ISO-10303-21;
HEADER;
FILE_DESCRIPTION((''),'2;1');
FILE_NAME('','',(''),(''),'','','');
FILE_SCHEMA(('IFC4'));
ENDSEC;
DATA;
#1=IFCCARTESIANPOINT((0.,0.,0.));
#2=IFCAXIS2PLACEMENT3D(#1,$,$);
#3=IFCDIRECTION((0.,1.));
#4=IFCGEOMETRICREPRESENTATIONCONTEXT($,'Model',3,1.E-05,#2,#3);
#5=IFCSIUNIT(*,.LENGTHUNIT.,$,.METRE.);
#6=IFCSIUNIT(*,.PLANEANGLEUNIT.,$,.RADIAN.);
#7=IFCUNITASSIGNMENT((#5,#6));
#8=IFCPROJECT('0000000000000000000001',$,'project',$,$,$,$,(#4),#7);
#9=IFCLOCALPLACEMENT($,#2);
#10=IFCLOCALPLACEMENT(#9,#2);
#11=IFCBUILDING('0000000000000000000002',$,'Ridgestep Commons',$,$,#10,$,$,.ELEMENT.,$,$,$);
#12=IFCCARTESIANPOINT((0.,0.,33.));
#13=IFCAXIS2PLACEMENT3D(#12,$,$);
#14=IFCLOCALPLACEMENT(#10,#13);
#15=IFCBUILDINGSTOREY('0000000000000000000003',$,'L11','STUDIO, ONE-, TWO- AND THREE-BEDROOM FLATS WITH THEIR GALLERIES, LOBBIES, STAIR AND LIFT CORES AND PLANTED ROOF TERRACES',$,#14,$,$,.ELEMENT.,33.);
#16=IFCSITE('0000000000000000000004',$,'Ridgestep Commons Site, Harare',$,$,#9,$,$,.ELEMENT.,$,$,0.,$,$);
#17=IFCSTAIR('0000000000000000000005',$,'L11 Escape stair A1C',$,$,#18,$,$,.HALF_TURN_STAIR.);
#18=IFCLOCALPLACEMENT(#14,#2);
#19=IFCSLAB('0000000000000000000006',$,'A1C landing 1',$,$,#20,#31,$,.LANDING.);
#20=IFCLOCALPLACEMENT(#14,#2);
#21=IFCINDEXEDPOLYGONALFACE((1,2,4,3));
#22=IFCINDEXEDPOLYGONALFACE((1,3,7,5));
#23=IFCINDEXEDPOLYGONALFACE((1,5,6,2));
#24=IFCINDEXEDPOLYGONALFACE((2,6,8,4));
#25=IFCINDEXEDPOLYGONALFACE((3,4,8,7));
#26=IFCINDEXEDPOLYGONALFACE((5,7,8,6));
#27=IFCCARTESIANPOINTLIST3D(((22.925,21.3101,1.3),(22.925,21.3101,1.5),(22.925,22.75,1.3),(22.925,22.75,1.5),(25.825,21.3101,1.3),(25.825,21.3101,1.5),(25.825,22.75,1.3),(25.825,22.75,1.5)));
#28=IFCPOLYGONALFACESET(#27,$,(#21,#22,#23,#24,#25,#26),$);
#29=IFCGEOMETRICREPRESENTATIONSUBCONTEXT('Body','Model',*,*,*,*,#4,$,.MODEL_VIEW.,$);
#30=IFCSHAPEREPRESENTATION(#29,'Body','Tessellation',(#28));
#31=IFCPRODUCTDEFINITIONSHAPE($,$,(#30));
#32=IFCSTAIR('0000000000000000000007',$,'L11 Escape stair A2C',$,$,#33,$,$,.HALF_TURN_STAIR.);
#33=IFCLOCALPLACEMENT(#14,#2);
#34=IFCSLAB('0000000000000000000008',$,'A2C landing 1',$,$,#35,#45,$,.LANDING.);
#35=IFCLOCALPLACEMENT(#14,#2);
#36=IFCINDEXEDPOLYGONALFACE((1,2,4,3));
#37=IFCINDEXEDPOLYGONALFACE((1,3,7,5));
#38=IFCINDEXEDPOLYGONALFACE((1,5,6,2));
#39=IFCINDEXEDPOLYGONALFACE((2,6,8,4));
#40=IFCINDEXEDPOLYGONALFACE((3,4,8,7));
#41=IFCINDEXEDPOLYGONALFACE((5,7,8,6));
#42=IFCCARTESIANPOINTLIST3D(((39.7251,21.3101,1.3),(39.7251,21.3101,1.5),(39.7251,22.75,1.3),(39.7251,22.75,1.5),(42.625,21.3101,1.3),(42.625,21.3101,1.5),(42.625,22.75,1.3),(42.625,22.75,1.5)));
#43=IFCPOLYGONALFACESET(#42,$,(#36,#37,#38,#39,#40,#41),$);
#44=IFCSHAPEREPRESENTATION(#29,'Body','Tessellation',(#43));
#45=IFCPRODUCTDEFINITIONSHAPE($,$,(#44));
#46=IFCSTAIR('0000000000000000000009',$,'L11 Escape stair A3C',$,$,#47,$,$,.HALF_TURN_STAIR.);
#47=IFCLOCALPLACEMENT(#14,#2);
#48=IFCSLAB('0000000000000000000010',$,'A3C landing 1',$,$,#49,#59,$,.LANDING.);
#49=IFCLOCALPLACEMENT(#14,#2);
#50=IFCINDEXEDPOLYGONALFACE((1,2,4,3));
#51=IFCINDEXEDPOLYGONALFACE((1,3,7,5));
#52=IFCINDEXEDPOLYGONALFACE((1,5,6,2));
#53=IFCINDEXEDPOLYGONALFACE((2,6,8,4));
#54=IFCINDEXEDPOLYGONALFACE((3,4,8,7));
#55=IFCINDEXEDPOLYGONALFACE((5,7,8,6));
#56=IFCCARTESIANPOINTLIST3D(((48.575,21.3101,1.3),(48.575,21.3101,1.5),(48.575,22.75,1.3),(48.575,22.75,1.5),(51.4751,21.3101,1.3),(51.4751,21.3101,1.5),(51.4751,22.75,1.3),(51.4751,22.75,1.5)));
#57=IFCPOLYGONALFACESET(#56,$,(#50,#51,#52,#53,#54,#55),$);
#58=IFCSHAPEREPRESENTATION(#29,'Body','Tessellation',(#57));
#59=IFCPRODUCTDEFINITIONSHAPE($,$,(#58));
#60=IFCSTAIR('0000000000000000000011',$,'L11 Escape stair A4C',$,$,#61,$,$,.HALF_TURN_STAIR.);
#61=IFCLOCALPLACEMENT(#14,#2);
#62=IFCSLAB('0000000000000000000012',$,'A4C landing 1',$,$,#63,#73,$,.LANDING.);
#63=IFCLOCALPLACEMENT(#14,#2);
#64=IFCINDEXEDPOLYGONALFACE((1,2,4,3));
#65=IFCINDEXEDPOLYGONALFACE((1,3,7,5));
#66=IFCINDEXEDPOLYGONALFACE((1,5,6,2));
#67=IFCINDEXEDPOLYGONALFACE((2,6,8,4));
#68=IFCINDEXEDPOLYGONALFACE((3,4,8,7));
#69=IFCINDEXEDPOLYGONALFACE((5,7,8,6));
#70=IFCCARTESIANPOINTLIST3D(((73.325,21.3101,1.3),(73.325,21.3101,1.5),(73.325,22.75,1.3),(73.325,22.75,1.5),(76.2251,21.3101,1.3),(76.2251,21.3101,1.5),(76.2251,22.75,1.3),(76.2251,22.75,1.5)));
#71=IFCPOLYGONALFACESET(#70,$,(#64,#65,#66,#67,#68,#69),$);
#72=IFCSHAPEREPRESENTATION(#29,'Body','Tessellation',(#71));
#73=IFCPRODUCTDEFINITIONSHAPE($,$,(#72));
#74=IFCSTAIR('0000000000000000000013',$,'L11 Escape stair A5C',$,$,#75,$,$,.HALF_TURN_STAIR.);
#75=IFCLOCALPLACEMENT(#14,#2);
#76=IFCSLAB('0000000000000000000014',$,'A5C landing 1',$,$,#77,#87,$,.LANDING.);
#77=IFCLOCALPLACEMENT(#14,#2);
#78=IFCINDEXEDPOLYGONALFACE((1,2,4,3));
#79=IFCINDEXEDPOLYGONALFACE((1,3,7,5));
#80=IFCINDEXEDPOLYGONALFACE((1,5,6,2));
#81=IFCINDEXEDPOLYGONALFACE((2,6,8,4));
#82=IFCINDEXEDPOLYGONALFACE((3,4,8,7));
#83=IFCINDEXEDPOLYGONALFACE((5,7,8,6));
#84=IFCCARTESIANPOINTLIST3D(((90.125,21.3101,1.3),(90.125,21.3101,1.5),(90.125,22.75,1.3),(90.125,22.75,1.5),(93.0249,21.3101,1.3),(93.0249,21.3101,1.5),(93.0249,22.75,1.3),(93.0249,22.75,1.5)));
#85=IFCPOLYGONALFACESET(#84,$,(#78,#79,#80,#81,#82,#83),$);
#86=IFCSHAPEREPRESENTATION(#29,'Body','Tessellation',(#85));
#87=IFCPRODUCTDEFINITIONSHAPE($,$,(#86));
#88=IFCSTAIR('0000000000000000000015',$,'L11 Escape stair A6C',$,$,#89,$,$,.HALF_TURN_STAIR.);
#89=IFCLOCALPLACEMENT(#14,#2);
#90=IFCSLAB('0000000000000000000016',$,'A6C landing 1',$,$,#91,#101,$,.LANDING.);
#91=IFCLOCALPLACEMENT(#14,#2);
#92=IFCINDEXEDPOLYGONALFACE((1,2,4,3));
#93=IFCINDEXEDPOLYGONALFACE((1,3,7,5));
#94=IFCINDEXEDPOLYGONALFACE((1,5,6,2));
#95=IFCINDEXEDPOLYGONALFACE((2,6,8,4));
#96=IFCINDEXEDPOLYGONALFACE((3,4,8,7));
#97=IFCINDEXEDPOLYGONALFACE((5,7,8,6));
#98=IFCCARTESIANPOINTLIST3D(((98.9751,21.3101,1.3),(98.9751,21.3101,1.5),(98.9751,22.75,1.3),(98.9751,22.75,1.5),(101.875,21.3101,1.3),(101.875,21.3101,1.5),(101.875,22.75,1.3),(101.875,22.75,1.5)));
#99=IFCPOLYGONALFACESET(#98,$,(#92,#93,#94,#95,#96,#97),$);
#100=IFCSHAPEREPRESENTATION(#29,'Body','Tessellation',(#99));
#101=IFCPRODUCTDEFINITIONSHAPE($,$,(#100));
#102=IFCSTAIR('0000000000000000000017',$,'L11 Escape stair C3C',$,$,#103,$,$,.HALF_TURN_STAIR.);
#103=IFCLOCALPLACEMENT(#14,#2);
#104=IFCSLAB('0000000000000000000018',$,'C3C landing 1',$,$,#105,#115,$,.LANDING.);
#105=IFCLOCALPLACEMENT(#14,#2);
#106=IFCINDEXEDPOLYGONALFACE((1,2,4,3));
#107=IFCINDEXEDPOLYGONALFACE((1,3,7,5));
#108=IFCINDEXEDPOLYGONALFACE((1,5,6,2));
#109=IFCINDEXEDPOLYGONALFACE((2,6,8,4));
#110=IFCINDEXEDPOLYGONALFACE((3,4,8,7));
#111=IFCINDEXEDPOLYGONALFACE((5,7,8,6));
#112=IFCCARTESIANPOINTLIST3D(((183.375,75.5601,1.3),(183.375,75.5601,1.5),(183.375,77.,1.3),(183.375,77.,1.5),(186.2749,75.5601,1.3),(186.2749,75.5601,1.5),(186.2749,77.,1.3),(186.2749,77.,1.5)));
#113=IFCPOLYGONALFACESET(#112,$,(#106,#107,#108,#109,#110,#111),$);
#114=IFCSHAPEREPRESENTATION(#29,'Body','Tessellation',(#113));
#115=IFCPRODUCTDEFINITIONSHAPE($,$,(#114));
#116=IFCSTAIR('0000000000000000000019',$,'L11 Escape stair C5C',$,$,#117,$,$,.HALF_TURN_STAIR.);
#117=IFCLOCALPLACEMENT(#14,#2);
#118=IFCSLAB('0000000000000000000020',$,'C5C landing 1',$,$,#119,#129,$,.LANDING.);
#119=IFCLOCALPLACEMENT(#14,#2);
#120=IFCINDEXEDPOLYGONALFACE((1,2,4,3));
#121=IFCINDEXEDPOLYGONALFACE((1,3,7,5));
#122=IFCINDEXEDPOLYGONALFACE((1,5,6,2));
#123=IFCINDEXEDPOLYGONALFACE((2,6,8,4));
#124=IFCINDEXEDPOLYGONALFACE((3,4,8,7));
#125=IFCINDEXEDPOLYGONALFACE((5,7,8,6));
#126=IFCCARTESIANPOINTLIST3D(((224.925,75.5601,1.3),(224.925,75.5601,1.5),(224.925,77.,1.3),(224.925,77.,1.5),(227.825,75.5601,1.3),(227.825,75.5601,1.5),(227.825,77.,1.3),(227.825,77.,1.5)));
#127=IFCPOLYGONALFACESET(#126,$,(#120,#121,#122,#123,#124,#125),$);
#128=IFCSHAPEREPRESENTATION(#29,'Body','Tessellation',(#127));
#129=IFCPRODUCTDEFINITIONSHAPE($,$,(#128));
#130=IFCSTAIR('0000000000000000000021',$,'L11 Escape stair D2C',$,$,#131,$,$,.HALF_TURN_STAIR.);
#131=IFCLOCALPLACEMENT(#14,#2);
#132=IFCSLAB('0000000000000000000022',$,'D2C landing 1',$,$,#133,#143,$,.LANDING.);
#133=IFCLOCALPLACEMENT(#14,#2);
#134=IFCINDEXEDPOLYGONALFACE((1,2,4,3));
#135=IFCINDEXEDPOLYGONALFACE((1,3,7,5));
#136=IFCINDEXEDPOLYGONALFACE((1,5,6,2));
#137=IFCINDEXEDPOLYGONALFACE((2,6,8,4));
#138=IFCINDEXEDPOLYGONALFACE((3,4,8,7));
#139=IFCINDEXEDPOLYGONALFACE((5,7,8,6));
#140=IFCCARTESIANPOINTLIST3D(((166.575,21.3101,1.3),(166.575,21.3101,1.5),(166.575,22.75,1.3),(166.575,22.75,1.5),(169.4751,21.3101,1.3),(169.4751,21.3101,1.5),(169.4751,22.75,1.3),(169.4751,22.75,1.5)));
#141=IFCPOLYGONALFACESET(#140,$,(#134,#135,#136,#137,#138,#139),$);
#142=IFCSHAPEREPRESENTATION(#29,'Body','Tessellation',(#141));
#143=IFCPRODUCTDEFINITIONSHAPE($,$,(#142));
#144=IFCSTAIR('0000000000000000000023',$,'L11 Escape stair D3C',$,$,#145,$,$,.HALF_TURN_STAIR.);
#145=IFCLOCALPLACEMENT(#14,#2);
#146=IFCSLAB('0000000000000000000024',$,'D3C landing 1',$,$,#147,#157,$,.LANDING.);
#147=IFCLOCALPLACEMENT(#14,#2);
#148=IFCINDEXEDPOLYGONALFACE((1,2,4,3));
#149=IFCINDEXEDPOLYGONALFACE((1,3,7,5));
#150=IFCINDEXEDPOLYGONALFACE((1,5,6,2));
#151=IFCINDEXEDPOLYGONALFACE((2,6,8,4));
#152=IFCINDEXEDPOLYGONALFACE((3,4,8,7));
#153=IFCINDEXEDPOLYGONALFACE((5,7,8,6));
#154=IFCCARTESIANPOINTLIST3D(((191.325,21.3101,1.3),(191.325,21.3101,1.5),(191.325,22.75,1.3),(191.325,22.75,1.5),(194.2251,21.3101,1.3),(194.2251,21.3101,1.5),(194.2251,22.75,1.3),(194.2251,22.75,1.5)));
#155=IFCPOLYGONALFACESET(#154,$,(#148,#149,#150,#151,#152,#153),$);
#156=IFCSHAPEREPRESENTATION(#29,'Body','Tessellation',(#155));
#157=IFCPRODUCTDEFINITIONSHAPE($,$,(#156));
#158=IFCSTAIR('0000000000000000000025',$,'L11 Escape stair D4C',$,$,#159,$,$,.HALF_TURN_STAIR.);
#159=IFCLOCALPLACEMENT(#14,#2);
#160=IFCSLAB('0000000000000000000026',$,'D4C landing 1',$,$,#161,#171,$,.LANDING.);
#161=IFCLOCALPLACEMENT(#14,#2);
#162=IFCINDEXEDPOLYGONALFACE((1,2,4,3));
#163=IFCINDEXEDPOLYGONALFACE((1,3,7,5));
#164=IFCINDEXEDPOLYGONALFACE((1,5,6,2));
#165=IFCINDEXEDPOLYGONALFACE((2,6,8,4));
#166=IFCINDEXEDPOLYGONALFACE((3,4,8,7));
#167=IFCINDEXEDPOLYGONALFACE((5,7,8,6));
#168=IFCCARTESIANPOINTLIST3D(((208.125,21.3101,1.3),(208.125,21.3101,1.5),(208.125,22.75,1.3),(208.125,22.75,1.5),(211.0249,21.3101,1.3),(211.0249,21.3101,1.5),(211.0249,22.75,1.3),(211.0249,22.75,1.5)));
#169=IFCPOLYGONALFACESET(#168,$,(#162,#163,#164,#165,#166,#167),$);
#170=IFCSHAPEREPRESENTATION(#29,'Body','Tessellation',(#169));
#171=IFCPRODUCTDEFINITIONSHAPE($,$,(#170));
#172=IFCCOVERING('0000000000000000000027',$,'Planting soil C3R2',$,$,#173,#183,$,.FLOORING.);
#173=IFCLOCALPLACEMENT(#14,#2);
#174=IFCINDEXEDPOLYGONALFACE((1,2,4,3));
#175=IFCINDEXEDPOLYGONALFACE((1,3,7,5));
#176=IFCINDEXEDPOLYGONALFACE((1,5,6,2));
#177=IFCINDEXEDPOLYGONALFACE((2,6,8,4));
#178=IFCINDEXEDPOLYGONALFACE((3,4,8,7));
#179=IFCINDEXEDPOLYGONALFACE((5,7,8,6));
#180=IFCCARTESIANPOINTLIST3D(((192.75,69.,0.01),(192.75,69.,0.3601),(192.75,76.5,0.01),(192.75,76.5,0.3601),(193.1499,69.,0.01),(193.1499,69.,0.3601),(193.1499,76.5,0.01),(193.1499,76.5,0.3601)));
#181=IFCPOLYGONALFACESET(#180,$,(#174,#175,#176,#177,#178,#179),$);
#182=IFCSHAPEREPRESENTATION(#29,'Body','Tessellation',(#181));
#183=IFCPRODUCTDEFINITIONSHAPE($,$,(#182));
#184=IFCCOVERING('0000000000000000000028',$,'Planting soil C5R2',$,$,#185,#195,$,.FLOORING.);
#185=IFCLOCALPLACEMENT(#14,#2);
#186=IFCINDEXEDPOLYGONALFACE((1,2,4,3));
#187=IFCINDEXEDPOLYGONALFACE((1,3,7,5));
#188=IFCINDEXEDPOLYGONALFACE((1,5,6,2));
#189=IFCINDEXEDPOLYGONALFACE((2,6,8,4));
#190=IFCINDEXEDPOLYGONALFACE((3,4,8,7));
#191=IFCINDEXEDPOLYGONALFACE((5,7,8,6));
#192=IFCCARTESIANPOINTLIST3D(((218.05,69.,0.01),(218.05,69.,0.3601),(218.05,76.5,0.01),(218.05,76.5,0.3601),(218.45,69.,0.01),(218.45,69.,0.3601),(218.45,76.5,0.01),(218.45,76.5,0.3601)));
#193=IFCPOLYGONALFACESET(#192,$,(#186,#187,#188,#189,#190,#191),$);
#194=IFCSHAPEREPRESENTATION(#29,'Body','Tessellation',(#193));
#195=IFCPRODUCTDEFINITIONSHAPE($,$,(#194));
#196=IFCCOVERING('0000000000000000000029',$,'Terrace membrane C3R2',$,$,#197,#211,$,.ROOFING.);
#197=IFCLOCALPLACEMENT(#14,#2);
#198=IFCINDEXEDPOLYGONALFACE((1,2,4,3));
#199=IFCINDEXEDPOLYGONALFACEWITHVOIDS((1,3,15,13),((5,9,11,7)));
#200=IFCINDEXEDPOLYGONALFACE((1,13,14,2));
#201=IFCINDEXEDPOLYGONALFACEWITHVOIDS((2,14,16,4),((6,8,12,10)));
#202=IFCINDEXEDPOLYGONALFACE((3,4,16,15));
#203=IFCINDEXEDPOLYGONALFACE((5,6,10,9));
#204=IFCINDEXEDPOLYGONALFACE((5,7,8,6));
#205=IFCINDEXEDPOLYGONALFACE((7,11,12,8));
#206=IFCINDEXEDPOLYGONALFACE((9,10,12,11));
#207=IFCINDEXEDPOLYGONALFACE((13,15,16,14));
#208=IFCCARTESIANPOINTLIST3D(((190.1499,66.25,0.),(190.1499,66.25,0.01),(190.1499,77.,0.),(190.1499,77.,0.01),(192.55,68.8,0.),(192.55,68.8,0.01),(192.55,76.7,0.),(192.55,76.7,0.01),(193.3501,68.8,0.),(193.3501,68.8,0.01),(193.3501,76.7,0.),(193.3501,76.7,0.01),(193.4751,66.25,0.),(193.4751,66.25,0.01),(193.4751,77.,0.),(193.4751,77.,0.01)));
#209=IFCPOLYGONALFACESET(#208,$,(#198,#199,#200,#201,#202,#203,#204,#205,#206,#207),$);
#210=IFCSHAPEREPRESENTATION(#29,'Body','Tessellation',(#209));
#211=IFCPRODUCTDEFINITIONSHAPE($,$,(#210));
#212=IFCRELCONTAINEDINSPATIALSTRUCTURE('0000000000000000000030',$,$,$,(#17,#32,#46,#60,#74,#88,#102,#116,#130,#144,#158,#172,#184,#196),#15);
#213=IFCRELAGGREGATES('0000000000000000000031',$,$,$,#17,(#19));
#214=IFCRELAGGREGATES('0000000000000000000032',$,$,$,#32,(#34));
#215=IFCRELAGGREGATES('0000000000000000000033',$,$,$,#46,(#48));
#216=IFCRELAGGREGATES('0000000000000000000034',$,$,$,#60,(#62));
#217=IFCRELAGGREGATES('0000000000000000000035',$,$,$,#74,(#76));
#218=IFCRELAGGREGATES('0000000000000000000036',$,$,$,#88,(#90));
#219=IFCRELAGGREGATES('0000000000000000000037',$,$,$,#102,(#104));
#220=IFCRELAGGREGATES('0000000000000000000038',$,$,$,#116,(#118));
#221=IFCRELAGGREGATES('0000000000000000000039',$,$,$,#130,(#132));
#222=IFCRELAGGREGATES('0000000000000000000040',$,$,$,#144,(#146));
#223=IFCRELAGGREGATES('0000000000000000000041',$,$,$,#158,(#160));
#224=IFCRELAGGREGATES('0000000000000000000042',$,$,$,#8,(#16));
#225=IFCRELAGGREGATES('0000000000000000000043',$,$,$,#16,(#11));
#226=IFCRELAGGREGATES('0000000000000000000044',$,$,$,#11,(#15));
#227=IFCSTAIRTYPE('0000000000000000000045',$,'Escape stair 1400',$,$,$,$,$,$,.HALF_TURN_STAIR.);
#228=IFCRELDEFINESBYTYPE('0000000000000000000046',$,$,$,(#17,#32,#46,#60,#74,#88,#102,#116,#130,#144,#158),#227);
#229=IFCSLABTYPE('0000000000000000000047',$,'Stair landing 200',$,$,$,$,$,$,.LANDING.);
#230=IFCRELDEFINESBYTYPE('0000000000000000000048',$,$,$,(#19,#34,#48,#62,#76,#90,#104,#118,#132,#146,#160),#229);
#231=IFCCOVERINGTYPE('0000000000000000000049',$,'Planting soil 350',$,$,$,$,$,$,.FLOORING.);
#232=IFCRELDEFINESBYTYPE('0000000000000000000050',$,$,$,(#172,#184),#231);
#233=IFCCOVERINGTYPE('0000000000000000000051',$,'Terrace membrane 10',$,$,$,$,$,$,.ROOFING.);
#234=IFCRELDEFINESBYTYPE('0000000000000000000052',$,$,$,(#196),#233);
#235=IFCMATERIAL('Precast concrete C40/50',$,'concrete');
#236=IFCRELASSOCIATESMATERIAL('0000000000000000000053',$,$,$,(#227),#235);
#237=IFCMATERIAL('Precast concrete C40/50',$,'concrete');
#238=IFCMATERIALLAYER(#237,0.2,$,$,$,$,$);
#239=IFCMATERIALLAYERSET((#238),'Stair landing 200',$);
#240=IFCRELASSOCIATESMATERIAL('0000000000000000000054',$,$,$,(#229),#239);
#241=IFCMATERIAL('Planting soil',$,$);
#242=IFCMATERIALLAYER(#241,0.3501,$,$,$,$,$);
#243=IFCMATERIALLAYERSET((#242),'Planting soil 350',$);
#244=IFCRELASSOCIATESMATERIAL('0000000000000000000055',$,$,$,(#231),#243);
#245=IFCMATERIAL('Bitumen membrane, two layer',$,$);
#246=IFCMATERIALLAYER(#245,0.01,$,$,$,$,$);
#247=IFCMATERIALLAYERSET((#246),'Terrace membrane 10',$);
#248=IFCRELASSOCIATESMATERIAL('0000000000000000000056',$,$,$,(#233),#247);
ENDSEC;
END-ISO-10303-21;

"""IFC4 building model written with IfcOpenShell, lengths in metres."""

from ifc_helpers import new_model, si_unit, direction, frame, origin, place, context, subcontext, project, spatial, polyline, outline, extrude, material, layer, layer_set, type_object, element, aggregate, save


model = new_model("IFC4")

# Units and contexts
model_context = context("Model", 3, precision=1e-05, world=origin(), true_north=direction((0.0, 1.0)))
body_context = subcontext(model_context, "Body", "Model", "MODEL_VIEW")
ifc_project = project(units=[si_unit("LENGTHUNIT", "METRE"), si_unit("PLANEANGLEUNIT", "RADIAN")], contexts=[model_context])

# Site, building, storey
site_placement = place(None, origin())
site = spatial("IfcSite", under=ifc_project, at=site_placement, Name="Ridgestep Commons Site, Harare", CompositionType="ELEMENT", RefElevation=0.0)
building_placement = place(site_placement, origin())
building = spatial("IfcBuilding", under=site, at=building_placement, Name="Ridgestep Commons", CompositionType="ELEMENT")
storey_placement = place(building_placement, frame((0.0, 0.0, 33.0)))
storey = spatial("IfcBuildingStorey", under=building, at=storey_placement, Name="L11", Description="STUDIO, ONE-, TWO- AND THREE-BEDROOM FLATS WITH THEIR GALLERIES, LOBBIES, STAIR AND LIFT CORES AND PLANTED ROOF TERRACES", CompositionType="ELEMENT", Elevation=33.0)

# Stairs, slabs
ifc_material_1 = material(Name="Precast concrete C40/50", Category="concrete")
stair_type = type_object("IfcStairType", Name="Escape stair 1400", PredefinedType="HALF_TURN_STAIR", material=ifc_material_1)
stair_1_placement = place(storey_placement, origin())
stair_1 = element("IfcStair", 1, at=stair_1_placement, inside=storey, type_object=stair_type, Name="L11 Escape stair A1C", PredefinedType="HALF_TURN_STAIR")
ifc_material_2 = material(Name="Precast concrete C40/50", Category="concrete")
ifc_layer_1 = layer(ifc_material_2, 0.2)
ifc_layer_set_1 = layer_set([ifc_layer_1], Name="Stair landing 200")
slab_type = type_object("IfcSlabType", Name="Stair landing 200", PredefinedType="LANDING", material=ifc_layer_set_1)
slab_1_placement = place(storey_placement, frame((0.0, 0.0, 1.3)))
slab_1 = element("IfcSlab", 2, at=slab_1_placement, type_object=slab_type, Name="A1C landing 1", PredefinedType="LANDING", context=body_context, shape_type="SweptSolid", body=[
    extrude(outline(polyline([(25.825, 21.3101), (25.825, 22.75), (22.925, 22.75), (22.925, 21.3101), (25.825, 21.3101)])), origin(), (0.0, 0.0, 1.0), 0.2),
])
aggregate(stair_1, [slab_1])
stair_2_placement = place(storey_placement, origin())
stair_2 = element("IfcStair", 3, at=stair_2_placement, inside=storey, type_object=stair_type, Name="L11 Escape stair A2C", PredefinedType="HALF_TURN_STAIR")
slab_2_placement = place(storey_placement, frame((0.0, 0.0, 1.3)))
slab_2 = element("IfcSlab", 4, at=slab_2_placement, type_object=slab_type, Name="A2C landing 1", PredefinedType="LANDING", context=body_context, shape_type="SweptSolid", body=[
    extrude(outline(polyline([(42.625, 21.3101), (42.625, 22.75), (39.7251, 22.75), (39.7251, 21.3101), (42.625, 21.3101)])), origin(), (0.0, 0.0, 1.0), 0.2),
])
aggregate(stair_2, [slab_2])
stair_3_placement = place(storey_placement, origin())
stair_3 = element("IfcStair", 5, at=stair_3_placement, inside=storey, type_object=stair_type, Name="L11 Escape stair A3C", PredefinedType="HALF_TURN_STAIR")
slab_3_placement = place(storey_placement, frame((0.0, 0.0, 1.3)))
slab_3 = element("IfcSlab", 6, at=slab_3_placement, type_object=slab_type, Name="A3C landing 1", PredefinedType="LANDING", context=body_context, shape_type="SweptSolid", body=[
    extrude(outline(polyline([(51.4751, 21.3101), (51.4751, 22.75), (48.575, 22.75), (48.575, 21.3101), (51.4751, 21.3101)])), origin(), (0.0, 0.0, 1.0), 0.2),
])
aggregate(stair_3, [slab_3])
stair_4_placement = place(storey_placement, origin())
stair_4 = element("IfcStair", 7, at=stair_4_placement, inside=storey, type_object=stair_type, Name="L11 Escape stair A4C", PredefinedType="HALF_TURN_STAIR")
slab_4_placement = place(storey_placement, frame((0.0, 0.0, 1.3)))
slab_4 = element("IfcSlab", 8, at=slab_4_placement, type_object=slab_type, Name="A4C landing 1", PredefinedType="LANDING", context=body_context, shape_type="SweptSolid", body=[
    extrude(outline(polyline([(76.2251, 21.3101), (76.2251, 22.75), (73.325, 22.75), (73.325, 21.3101), (76.2251, 21.3101)])), origin(), (0.0, 0.0, 1.0), 0.2),
])
aggregate(stair_4, [slab_4])
stair_5_placement = place(storey_placement, origin())
stair_5 = element("IfcStair", 9, at=stair_5_placement, inside=storey, type_object=stair_type, Name="L11 Escape stair A5C", PredefinedType="HALF_TURN_STAIR")
slab_5_placement = place(storey_placement, frame((0.0, 0.0, 1.3)))
slab_5 = element("IfcSlab", 10, at=slab_5_placement, type_object=slab_type, Name="A5C landing 1", PredefinedType="LANDING", context=body_context, shape_type="SweptSolid", body=[
    extrude(outline(polyline([(93.0249, 21.3101), (93.0249, 22.75), (90.125, 22.75), (90.125, 21.3101), (93.0249, 21.3101)])), origin(), (0.0, 0.0, 1.0), 0.2),
])
aggregate(stair_5, [slab_5])
stair_6_placement = place(storey_placement, origin())
stair_6 = element("IfcStair", 11, at=stair_6_placement, inside=storey, type_object=stair_type, Name="L11 Escape stair A6C", PredefinedType="HALF_TURN_STAIR")
slab_6_placement = place(storey_placement, frame((0.0, 0.0, 1.3)))
slab_6 = element("IfcSlab", 12, at=slab_6_placement, type_object=slab_type, Name="A6C landing 1", PredefinedType="LANDING", context=body_context, shape_type="SweptSolid", body=[
    extrude(outline(polyline([(101.875, 21.3101), (101.875, 22.75), (98.9751, 22.75), (98.9751, 21.3101), (101.875, 21.3101)])), origin(), (0.0, 0.0, 1.0), 0.2),
])
aggregate(stair_6, [slab_6])
stair_7_placement = place(storey_placement, origin())
stair_7 = element("IfcStair", 13, at=stair_7_placement, inside=storey, type_object=stair_type, Name="L11 Escape stair C3C", PredefinedType="HALF_TURN_STAIR")
slab_7_placement = place(storey_placement, frame((0.0, 0.0, 1.3)))
slab_7 = element("IfcSlab", 14, at=slab_7_placement, type_object=slab_type, Name="C3C landing 1", PredefinedType="LANDING", context=body_context, shape_type="SweptSolid", body=[
    extrude(outline(polyline([(186.2749, 75.5601), (186.2749, 77.0), (183.375, 77.0), (183.375, 75.5601), (186.2749, 75.5601)])), origin(), (0.0, 0.0, 1.0), 0.2),
])
aggregate(stair_7, [slab_7])
stair_8_placement = place(storey_placement, origin())
stair_8 = element("IfcStair", 15, at=stair_8_placement, inside=storey, type_object=stair_type, Name="L11 Escape stair C5C", PredefinedType="HALF_TURN_STAIR")
slab_8_placement = place(storey_placement, frame((0.0, 0.0, 1.3)))
slab_8 = element("IfcSlab", 16, at=slab_8_placement, type_object=slab_type, Name="C5C landing 1", PredefinedType="LANDING", context=body_context, shape_type="SweptSolid", body=[
    extrude(outline(polyline([(227.825, 75.5601), (227.825, 77.0), (224.925, 77.0), (224.925, 75.5601), (227.825, 75.5601)])), origin(), (0.0, 0.0, 1.0), 0.2),
])
aggregate(stair_8, [slab_8])
stair_9_placement = place(storey_placement, origin())
stair_9 = element("IfcStair", 17, at=stair_9_placement, inside=storey, type_object=stair_type, Name="L11 Escape stair D2C", PredefinedType="HALF_TURN_STAIR")
slab_9_placement = place(storey_placement, frame((0.0, 0.0, 1.3)))
slab_9 = element("IfcSlab", 18, at=slab_9_placement, type_object=slab_type, Name="D2C landing 1", PredefinedType="LANDING", context=body_context, shape_type="SweptSolid", body=[
    extrude(outline(polyline([(169.4751, 21.3101), (169.4751, 22.75), (166.575, 22.75), (166.575, 21.3101), (169.4751, 21.3101)])), origin(), (0.0, 0.0, 1.0), 0.2),
])
aggregate(stair_9, [slab_9])
stair_10_placement = place(storey_placement, origin())
stair_10 = element("IfcStair", 19, at=stair_10_placement, inside=storey, type_object=stair_type, Name="L11 Escape stair D3C", PredefinedType="HALF_TURN_STAIR")
slab_10_placement = place(storey_placement, frame((0.0, 0.0, 1.3)))
slab_10 = element("IfcSlab", 20, at=slab_10_placement, type_object=slab_type, Name="D3C landing 1", PredefinedType="LANDING", context=body_context, shape_type="SweptSolid", body=[
    extrude(outline(polyline([(194.2251, 21.3101), (194.2251, 22.75), (191.325, 22.75), (191.325, 21.3101), (194.2251, 21.3101)])), origin(), (0.0, 0.0, 1.0), 0.2),
])
aggregate(stair_10, [slab_10])
stair_11_placement = place(storey_placement, origin())
stair_11 = element("IfcStair", 21, at=stair_11_placement, inside=storey, type_object=stair_type, Name="L11 Escape stair D4C", PredefinedType="HALF_TURN_STAIR")
slab_11_placement = place(storey_placement, frame((0.0, 0.0, 1.3)))
slab_11 = element("IfcSlab", 22, at=slab_11_placement, type_object=slab_type, Name="D4C landing 1", PredefinedType="LANDING", context=body_context, shape_type="SweptSolid", body=[
    extrude(outline(polyline([(211.0249, 21.3101), (211.0249, 22.75), (208.125, 22.75), (208.125, 21.3101), (211.0249, 21.3101)])), origin(), (0.0, 0.0, 1.0), 0.2),
])
aggregate(stair_11, [slab_11])

# Coverings
ifc_material_3 = material(Name="Planting soil")
ifc_layer_2 = layer(ifc_material_3, 0.3501)
ifc_layer_set_2 = layer_set([ifc_layer_2], Name="Planting soil 350")
covering_type_1 = type_object("IfcCoveringType", Name="Planting soil 350", PredefinedType="FLOORING", material=ifc_layer_set_2)
covering_1_placement = place(storey_placement, frame((0.0, 0.0, 0.01)))
element("IfcCovering", 23, at=covering_1_placement, inside=storey, type_object=covering_type_1, Name="Planting soil C3R2", PredefinedType="FLOORING", context=body_context, shape_type="SweptSolid", body=[
    extrude(outline(polyline([(192.75, 69.0), (193.1499, 69.0), (193.1499, 76.5), (192.75, 76.5), (192.75, 69.0)])), origin(), (0.0, 0.0, 1.0), 0.3501),
])
covering_2_placement = place(storey_placement, frame((0.0, 0.0, 0.01)))
element("IfcCovering", 24, at=covering_2_placement, inside=storey, type_object=covering_type_1, Name="Planting soil C5R2", PredefinedType="FLOORING", context=body_context, shape_type="SweptSolid", body=[
    extrude(outline(polyline([(218.05, 69.0), (218.45, 69.0), (218.45, 76.5), (218.05, 76.5), (218.05, 69.0)])), origin(), (0.0, 0.0, 1.0), 0.3501),
])
ifc_material_4 = material(Name="Bitumen membrane, two layer")
ifc_layer_3 = layer(ifc_material_4, 0.01)
ifc_layer_set_3 = layer_set([ifc_layer_3], Name="Terrace membrane 10")
covering_type_2 = type_object("IfcCoveringType", Name="Terrace membrane 10", PredefinedType="ROOFING", material=ifc_layer_set_3)
covering_3_placement = place(storey_placement, origin())
element("IfcCovering", 25, at=covering_3_placement, inside=storey, type_object=covering_type_2, Name="Terrace membrane C3R2", PredefinedType="ROOFING", context=body_context, shape_type="SweptSolid", body=[
    extrude(outline(polyline([(193.4751, 66.25), (193.4751, 77.0), (190.1499, 77.0), (190.1499, 66.25), (193.4751, 66.25)]), holes=[polyline([(193.3501, 68.8), (193.3501, 76.7), (192.55, 76.7), (192.55, 68.8), (193.3501, 68.8)])]), origin(), (0.0, 0.0, 1.0), 0.01),
])

save(model, "model.ifc")
